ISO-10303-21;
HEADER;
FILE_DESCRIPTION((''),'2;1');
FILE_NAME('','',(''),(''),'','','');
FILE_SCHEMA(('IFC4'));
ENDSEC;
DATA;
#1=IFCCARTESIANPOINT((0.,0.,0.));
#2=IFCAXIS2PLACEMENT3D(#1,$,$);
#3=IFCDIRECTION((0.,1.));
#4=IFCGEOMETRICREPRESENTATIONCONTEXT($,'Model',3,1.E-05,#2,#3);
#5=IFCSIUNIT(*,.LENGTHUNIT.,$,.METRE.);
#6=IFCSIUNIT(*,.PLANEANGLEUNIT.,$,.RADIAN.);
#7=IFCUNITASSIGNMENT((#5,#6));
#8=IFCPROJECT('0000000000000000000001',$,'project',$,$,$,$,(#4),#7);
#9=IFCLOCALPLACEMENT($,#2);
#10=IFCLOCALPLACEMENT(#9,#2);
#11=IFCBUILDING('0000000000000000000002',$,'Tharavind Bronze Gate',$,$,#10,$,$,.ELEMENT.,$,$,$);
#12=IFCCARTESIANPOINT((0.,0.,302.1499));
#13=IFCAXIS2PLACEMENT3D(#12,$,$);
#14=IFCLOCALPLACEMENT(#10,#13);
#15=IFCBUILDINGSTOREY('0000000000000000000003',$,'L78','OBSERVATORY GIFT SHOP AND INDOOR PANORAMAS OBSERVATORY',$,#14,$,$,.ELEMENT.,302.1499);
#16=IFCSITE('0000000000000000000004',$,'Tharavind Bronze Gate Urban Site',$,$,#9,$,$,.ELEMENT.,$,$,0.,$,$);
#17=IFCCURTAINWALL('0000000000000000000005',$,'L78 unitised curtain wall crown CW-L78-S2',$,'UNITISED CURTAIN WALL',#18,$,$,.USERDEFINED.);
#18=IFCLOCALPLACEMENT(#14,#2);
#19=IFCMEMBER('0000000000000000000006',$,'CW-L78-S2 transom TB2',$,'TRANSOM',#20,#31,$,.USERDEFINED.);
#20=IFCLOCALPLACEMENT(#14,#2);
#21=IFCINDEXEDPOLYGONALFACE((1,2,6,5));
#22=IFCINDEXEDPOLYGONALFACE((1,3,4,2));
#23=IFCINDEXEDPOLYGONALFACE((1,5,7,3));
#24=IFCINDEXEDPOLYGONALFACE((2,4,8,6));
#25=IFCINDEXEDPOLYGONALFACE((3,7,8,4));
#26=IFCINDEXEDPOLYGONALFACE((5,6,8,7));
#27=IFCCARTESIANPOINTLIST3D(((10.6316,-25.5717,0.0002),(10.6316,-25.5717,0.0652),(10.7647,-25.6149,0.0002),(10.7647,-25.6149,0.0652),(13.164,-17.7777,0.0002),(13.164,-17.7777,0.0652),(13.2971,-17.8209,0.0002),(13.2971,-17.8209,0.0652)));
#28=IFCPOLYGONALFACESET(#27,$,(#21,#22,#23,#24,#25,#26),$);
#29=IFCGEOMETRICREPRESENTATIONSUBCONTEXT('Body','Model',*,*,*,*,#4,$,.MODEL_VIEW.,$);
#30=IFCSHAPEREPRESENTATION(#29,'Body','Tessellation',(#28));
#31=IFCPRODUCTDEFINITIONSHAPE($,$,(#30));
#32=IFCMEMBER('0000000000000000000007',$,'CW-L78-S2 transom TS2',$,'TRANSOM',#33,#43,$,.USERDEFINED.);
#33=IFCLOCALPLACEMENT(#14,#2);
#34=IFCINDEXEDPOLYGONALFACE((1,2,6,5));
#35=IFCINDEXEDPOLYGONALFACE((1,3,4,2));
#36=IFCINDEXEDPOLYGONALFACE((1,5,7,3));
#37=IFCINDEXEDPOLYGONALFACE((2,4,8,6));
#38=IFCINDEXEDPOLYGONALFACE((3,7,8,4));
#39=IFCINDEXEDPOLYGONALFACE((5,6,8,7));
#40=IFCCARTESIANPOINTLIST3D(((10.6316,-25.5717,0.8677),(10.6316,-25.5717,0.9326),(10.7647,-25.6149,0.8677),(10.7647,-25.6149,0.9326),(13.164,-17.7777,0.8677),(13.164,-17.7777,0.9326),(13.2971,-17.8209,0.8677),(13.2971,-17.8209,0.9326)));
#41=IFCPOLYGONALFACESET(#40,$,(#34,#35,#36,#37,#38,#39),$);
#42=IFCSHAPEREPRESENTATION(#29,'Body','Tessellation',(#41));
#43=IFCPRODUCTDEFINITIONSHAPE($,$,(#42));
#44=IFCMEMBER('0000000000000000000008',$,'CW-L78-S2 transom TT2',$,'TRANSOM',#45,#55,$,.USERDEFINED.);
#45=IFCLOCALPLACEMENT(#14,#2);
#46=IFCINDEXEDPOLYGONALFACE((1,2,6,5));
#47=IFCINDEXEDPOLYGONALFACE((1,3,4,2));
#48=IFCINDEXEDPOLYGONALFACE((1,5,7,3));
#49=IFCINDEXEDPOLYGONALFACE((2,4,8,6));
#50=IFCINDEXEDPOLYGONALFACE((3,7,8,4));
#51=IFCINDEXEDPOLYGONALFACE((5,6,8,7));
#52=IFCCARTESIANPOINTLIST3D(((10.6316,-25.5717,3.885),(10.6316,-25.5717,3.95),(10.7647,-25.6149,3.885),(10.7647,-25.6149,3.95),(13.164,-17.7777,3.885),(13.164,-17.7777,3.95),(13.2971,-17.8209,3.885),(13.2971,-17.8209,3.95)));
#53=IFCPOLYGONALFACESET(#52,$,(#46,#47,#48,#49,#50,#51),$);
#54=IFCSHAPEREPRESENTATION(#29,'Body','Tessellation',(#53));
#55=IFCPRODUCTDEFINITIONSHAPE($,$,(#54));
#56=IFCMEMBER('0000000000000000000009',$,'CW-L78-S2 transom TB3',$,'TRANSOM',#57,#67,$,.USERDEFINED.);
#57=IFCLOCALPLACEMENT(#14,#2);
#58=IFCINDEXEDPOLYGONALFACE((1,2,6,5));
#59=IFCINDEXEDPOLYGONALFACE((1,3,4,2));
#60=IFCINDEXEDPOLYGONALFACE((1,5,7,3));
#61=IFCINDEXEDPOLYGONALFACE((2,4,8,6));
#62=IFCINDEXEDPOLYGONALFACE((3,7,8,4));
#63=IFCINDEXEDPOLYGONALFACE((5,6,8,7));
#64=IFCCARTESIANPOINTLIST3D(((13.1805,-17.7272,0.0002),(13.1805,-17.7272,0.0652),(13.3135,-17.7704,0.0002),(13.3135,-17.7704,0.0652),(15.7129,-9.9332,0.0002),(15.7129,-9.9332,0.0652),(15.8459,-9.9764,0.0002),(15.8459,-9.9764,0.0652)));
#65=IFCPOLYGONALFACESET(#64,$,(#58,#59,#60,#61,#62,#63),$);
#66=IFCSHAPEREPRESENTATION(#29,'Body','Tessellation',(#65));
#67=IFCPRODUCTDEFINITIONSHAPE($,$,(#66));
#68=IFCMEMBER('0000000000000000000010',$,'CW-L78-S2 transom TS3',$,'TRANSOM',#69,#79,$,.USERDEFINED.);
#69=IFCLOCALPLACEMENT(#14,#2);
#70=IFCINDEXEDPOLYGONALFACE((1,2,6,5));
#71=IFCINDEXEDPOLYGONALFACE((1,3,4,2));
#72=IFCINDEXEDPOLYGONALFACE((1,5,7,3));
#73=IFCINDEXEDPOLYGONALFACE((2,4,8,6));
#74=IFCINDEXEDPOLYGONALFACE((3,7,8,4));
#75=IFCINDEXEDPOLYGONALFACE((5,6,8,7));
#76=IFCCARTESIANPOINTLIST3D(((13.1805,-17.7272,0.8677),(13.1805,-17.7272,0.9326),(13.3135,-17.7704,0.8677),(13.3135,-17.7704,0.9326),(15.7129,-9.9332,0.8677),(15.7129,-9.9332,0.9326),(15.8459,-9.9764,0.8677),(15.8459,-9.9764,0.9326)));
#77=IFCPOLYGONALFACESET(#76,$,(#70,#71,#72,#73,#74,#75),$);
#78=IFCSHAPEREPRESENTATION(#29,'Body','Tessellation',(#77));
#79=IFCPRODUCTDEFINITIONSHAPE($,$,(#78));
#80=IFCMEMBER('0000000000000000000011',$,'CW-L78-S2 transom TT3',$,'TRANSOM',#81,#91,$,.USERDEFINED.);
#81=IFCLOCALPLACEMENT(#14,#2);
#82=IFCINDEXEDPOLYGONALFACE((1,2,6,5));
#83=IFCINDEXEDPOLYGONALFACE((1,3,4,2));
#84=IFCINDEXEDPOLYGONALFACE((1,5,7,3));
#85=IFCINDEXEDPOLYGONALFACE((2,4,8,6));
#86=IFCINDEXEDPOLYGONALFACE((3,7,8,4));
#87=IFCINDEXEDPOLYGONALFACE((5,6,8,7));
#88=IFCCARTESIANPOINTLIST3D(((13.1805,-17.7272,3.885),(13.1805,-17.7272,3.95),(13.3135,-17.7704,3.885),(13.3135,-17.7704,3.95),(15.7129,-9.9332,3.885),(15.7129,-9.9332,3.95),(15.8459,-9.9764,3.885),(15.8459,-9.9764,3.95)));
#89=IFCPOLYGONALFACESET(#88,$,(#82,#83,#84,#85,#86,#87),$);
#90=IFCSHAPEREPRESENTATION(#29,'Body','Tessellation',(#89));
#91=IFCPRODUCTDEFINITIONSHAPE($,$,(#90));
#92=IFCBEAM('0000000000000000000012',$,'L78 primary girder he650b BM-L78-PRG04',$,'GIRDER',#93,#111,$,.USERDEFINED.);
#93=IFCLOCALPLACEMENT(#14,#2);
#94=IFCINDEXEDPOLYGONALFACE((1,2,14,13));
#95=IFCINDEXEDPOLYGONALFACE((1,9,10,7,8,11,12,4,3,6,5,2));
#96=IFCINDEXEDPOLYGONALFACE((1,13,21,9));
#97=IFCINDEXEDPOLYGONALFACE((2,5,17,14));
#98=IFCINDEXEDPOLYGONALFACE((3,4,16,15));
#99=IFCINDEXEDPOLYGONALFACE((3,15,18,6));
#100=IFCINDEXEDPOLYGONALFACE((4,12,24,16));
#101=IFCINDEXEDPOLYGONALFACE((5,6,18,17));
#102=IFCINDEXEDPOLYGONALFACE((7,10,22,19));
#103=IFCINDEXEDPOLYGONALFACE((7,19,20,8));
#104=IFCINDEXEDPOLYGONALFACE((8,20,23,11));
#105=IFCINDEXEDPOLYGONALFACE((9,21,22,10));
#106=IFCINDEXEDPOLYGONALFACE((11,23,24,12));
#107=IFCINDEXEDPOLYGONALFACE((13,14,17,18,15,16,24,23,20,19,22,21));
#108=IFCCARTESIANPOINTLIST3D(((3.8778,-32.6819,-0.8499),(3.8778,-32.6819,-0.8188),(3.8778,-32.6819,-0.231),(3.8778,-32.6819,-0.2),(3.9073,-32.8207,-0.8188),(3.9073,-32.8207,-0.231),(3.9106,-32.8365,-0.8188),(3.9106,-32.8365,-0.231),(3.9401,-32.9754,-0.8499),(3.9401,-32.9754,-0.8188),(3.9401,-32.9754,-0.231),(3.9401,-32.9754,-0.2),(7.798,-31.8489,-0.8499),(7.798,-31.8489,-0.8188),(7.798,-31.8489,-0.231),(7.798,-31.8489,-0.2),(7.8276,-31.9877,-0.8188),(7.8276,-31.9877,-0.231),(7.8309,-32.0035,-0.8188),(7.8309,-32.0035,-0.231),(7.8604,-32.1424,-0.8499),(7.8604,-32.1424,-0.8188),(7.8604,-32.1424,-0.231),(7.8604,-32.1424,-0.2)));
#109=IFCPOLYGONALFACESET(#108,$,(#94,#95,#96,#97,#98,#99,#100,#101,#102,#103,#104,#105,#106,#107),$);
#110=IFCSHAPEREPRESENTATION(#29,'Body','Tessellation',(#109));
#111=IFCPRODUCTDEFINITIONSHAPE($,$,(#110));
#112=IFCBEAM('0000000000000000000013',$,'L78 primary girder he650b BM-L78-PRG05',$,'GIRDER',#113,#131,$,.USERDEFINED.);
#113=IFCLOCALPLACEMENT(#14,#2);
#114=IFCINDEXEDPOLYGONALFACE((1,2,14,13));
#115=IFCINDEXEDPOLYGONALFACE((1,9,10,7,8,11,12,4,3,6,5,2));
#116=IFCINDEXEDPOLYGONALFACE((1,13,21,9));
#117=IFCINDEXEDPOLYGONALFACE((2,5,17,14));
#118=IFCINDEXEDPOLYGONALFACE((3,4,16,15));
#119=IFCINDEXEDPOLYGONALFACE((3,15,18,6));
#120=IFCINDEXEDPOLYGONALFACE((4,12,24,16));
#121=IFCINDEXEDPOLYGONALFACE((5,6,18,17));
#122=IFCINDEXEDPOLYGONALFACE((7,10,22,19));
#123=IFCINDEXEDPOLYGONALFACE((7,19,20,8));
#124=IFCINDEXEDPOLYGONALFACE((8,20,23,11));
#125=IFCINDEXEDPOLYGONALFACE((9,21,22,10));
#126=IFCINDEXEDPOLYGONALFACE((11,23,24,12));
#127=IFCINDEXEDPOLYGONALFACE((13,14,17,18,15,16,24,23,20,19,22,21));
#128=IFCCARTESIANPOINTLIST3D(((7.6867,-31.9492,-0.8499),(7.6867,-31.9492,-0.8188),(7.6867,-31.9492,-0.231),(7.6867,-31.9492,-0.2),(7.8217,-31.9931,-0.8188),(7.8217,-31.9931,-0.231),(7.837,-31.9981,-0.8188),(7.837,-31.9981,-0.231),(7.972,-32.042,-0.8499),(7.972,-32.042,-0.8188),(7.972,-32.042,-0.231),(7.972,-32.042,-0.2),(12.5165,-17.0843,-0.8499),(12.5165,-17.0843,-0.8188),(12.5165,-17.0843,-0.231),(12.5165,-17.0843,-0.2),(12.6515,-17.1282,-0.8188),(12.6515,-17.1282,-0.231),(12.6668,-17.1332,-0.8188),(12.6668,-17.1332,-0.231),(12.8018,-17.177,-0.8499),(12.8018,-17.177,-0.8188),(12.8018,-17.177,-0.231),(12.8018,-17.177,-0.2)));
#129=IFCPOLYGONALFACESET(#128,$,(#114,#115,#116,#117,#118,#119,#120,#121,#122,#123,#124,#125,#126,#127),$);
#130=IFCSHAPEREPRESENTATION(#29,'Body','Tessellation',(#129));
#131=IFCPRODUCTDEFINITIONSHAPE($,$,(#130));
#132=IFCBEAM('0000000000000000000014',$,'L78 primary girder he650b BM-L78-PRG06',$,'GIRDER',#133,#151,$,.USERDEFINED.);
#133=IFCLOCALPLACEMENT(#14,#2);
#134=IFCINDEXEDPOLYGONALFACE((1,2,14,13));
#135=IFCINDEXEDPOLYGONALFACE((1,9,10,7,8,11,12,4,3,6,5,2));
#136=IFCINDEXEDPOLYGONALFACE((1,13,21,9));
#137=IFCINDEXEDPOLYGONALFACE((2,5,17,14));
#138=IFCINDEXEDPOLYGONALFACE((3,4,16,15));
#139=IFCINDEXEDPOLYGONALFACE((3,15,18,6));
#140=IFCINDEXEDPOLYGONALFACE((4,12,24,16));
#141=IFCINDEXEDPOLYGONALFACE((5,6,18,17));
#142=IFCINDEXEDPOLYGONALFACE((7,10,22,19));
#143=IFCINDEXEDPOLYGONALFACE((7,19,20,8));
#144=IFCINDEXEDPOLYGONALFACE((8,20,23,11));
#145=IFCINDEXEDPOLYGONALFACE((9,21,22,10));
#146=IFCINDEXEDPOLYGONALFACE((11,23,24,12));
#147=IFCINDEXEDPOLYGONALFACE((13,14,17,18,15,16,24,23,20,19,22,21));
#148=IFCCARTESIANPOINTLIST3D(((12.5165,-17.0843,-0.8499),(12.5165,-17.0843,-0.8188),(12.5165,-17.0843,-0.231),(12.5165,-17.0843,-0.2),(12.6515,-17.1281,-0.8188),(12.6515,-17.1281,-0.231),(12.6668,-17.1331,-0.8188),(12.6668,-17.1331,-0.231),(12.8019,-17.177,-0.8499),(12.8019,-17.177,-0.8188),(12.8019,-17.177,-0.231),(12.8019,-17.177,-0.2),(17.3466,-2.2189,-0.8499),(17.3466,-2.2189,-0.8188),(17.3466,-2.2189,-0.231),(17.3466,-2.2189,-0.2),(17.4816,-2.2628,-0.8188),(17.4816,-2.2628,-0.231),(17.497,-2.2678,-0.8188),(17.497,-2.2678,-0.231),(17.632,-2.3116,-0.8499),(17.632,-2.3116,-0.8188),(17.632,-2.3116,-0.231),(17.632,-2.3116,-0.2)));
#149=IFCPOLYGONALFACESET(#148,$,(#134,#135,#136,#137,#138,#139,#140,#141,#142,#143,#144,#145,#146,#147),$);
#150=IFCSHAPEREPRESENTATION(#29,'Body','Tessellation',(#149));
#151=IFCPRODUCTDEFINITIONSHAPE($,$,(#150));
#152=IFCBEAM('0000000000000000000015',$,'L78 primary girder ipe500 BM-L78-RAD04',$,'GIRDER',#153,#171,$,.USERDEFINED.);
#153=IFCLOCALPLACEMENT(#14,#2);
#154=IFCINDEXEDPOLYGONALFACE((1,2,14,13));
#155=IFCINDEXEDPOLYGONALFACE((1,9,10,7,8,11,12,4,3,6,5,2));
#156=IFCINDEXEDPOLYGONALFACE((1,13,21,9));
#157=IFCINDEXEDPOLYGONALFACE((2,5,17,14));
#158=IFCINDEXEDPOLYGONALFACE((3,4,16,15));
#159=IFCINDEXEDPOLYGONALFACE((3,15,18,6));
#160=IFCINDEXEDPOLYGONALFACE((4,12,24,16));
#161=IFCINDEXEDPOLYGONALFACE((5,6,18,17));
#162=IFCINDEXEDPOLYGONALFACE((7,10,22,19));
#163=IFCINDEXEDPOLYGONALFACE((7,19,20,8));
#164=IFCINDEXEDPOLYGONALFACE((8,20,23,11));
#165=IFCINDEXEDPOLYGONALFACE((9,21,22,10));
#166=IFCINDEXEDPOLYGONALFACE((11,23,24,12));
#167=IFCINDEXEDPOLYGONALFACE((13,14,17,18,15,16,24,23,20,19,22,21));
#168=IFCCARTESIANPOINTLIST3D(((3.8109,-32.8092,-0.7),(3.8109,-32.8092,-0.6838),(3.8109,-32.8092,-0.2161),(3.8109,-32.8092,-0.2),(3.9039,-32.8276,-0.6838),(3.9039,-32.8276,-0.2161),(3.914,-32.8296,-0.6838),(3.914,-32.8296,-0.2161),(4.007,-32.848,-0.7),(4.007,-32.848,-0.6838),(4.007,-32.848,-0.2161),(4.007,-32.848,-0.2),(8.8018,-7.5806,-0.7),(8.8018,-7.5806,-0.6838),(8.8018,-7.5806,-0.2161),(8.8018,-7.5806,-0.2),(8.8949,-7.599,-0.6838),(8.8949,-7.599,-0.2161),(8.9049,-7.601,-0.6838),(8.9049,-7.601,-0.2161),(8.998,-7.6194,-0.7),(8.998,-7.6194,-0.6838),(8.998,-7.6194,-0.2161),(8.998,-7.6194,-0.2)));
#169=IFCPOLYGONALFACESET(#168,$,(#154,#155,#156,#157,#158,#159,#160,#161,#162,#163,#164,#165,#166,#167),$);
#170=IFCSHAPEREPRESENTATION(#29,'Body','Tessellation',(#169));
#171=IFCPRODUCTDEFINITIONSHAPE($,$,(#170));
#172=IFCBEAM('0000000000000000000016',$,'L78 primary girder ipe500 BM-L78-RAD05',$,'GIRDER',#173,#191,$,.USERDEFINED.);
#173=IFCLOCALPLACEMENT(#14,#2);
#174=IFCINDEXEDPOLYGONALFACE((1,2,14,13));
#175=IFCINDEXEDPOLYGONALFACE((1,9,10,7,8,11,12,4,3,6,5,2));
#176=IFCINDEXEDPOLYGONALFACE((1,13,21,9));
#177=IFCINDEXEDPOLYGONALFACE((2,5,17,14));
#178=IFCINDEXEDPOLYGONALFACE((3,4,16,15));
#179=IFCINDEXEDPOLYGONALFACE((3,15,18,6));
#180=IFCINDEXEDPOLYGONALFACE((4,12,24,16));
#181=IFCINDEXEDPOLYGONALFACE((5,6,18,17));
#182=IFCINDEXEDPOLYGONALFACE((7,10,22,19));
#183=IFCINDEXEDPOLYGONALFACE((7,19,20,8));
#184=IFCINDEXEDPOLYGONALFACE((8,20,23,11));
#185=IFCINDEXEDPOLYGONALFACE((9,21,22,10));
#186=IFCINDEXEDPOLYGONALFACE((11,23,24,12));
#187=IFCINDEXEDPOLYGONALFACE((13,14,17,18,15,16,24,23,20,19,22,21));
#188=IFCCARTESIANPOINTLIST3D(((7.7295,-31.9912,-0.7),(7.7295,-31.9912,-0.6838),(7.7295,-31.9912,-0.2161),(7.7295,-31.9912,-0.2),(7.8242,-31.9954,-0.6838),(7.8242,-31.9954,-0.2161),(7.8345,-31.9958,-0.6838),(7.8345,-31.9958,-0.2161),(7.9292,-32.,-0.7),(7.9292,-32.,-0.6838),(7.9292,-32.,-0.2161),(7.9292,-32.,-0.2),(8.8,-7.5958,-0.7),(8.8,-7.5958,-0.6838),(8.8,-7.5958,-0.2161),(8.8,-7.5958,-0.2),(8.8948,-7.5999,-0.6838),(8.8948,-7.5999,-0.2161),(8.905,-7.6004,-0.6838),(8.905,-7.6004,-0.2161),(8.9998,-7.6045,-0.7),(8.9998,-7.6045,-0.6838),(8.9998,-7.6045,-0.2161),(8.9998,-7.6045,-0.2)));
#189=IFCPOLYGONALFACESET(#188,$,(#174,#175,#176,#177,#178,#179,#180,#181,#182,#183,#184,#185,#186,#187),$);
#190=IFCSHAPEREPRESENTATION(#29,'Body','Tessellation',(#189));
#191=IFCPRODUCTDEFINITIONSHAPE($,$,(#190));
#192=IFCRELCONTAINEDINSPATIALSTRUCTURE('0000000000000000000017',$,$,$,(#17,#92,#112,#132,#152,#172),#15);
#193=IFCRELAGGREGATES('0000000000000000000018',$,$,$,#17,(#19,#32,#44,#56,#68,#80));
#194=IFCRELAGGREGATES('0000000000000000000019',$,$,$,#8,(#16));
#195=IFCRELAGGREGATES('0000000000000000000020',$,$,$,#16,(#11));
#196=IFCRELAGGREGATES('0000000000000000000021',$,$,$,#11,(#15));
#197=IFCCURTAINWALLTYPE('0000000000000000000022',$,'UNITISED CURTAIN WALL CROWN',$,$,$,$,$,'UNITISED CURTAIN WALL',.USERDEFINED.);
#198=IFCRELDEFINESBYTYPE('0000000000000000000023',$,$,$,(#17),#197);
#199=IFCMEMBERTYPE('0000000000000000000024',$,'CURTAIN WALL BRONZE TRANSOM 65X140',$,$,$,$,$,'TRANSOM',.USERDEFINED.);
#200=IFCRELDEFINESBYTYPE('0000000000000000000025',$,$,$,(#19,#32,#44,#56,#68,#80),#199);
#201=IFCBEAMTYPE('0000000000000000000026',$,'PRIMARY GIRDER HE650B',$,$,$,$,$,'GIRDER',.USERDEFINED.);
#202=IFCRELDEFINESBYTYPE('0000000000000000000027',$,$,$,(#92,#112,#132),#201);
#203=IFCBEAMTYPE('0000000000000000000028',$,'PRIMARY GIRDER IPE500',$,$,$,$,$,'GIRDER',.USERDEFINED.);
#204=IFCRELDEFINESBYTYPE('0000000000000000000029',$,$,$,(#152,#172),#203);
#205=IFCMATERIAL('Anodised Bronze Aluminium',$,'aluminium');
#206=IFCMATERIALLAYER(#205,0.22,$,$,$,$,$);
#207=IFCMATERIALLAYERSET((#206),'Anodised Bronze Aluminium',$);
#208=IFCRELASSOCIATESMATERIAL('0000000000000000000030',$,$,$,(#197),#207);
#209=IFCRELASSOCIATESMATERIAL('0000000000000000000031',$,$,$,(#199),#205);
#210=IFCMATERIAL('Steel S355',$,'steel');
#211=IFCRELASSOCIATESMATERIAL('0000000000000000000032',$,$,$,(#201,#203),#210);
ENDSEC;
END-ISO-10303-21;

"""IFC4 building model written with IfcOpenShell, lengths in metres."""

from ifc_helpers import new_model, si_unit, direction, frame, origin, origin_2d, place, context, subcontext, project, spatial, rectangle, i_section, extrude, material, layer, layer_set, material_profile, profile_set, type_object, element, aggregate, save


model = new_model("IFC4")

# Units and contexts
model_context = context("Model", 3, precision=1e-05, world=origin(), true_north=direction((0.0, 1.0)))
body_context = subcontext(model_context, "Body", "Model", "MODEL_VIEW")
ifc_project = project(units=[si_unit("LENGTHUNIT", "METRE"), si_unit("PLANEANGLEUNIT", "RADIAN")], contexts=[model_context])

# Site, building, storey
site_placement = place(None, origin())
site = spatial("IfcSite", under=ifc_project, at=site_placement, Name="Tharavind Bronze Gate Urban Site", CompositionType="ELEMENT", RefElevation=0.0)
building_placement = place(site_placement, origin())
building = spatial("IfcBuilding", under=site, at=building_placement, Name="Tharavind Bronze Gate", CompositionType="ELEMENT")
storey_placement = place(building_placement, frame((0.0, 0.0, 302.1499)))
storey = spatial("IfcBuildingStorey", under=building, at=storey_placement, Name="L78", Description="OBSERVATORY GIFT SHOP AND INDOOR PANORAMAS OBSERVATORY", CompositionType="ELEMENT", Elevation=302.1499)

# Shared definitions
ifc_material_1 = material(Name="Anodised Bronze Aluminium", Category="aluminium")
ifc_layer_1 = layer(ifc_material_1, 0.22)
ifc_layer_set_1 = layer_set([ifc_layer_1], Name="Anodised Bronze Aluminium")
curtain_wall_type = type_object("IfcCurtainWallType", Name="UNITISED CURTAIN WALL CROWN", ElementType="UNITISED CURTAIN WALL", PredefinedType="USERDEFINED", material=ifc_layer_set_1)

# Curtain wall
curtain_wall_1_placement = place(storey_placement, origin())
curtain_wall_1 = element("IfcCurtainWall", 1, at=curtain_wall_1_placement, inside=storey, type_object=curtain_wall_type, Name="L78 unitised curtain wall crown CW-L78-S2", ObjectType="UNITISED CURTAIN WALL", PredefinedType="USERDEFINED")

# Members
member_type_1 = type_object("IfcMemberType", Name="CURTAIN WALL BRONZE TRANSOM 65X140", ElementType="TRANSOM", PredefinedType="USERDEFINED", material=ifc_material_1)
member_1_placement = place(storey_placement, frame((11.9644, -21.6963, 0.0002), z_axis=(0.0, 0.0, 1.0), x_axis=(0.309017, 0.951057, 0.0)))
member_1 = element("IfcMember", 2, at=member_1_placement, type_object=member_type_1, Name="CW-L78-S2 transom TB2", ObjectType="TRANSOM", PredefinedType="USERDEFINED", context=body_context, shape_type="SweptSolid", body=[
    extrude(rectangle(XDim=8.1951, YDim=0.1399, at=origin_2d()), origin(), (0.0, 0.0, 1.0), 0.0649),
])
member_2_placement = place(storey_placement, frame((11.9644, -21.6963, 0.8677), z_axis=(0.0, 0.0, 1.0), x_axis=(0.309017, 0.951057, 0.0)))
member_2 = element("IfcMember", 3, at=member_2_placement, type_object=member_type_1, Name="CW-L78-S2 transom TS2", ObjectType="TRANSOM", PredefinedType="USERDEFINED", context=body_context, shape_type="SweptSolid", body=[
    extrude(rectangle(XDim=8.1951, YDim=0.1399, at=origin_2d()), origin(), (0.0, 0.0, 1.0), 0.0649),
])
member_3_placement = place(storey_placement, frame((11.9644, -21.6963, 3.885), z_axis=(0.0, 0.0, 1.0), x_axis=(0.309017, 0.951057, 0.0)))
member_3 = element("IfcMember", 4, at=member_3_placement, type_object=member_type_1, Name="CW-L78-S2 transom TT2", ObjectType="TRANSOM", PredefinedType="USERDEFINED", context=body_context, shape_type="SweptSolid", body=[
    extrude(rectangle(XDim=8.1951, YDim=0.1399, at=origin_2d()), origin(), (0.0, 0.0, 1.0), 0.0649),
])
member_4_placement = place(storey_placement, frame((14.5132, -13.8518, 0.0002), z_axis=(0.0, 0.0, 1.0), x_axis=(0.309017, 0.951057, 0.0)))
member_4 = element("IfcMember", 5, at=member_4_placement, type_object=member_type_1, Name="CW-L78-S2 transom TB3", ObjectType="TRANSOM", PredefinedType="USERDEFINED", context=body_context, shape_type="SweptSolid", body=[
    extrude(rectangle(XDim=8.1951, YDim=0.1399, at=origin_2d()), origin(), (0.0, 0.0, 1.0), 0.0649),
])
member_5_placement = place(storey_placement, frame((14.5132, -13.8518, 0.8677), z_axis=(0.0, 0.0, 1.0), x_axis=(0.309017, 0.951057, 0.0)))
member_5 = element("IfcMember", 6, at=member_5_placement, type_object=member_type_1, Name="CW-L78-S2 transom TS3", ObjectType="TRANSOM", PredefinedType="USERDEFINED", context=body_context, shape_type="SweptSolid", body=[
    extrude(rectangle(XDim=8.1951, YDim=0.1399, at=origin_2d()), origin(), (0.0, 0.0, 1.0), 0.0649),
])
member_6_placement = place(storey_placement, frame((14.5132, -13.8518, 3.885), z_axis=(0.0, 0.0, 1.0), x_axis=(0.309017, 0.951057, 0.0)))
member_6 = element("IfcMember", 7, at=member_6_placement, type_object=member_type_1, Name="CW-L78-S2 transom TT3", ObjectType="TRANSOM", PredefinedType="USERDEFINED", context=body_context, shape_type="SweptSolid", body=[
    extrude(rectangle(XDim=8.1951, YDim=0.1399, at=origin_2d()), origin(), (0.0, 0.0, 1.0), 0.0649),
])

# Beams
ifc_material_2 = material(Name="Steel S355", Category="steel")
ifc_material_profile_1 = material_profile(ifc_material_2, i_section(OverallWidth=0.3, OverallDepth=0.6499, WebThickness=0.0161, FlangeThickness=0.031, at=origin_2d()), Name="HE650B")
ifc_profile_set_1 = profile_set([ifc_material_profile_1], Name="Steel S355")
beam_type_1 = type_object("IfcBeamType", Name="PRIMARY GIRDER HE650B", ElementType="GIRDER", PredefinedType="USERDEFINED", material=ifc_profile_set_1)
beam_1_placement = place(storey_placement, frame((3.9089, -32.8286, -0.5249), z_axis=(0.978163, 0.20784, 0.0), x_axis=(-0.20784, 0.978163, 0.0)))
element("IfcBeam", 8, at=beam_1_placement, inside=storey, type_object=beam_type_1, Name="L78 primary girder he650b BM-L78-PRG04", ObjectType="GIRDER", PredefinedType="USERDEFINED", context=body_context, shape_type="SweptSolid", body=[
    extrude(i_section(OverallWidth=0.3, OverallDepth=0.6499, WebThickness=0.0161, FlangeThickness=0.031, at=origin_2d()), origin(), (0.0, 0.0, 1.0), 4.0078),
])
beam_2_placement = place(storey_placement, frame((7.8293, -31.9956, -0.5249), z_axis=(0.309012, 0.951058, 0.0), x_axis=(-0.951058, 0.309012, 0.0)))
element("IfcBeam", 9, at=beam_2_placement, inside=storey, type_object=beam_type_1, Name="L78 primary girder he650b BM-L78-PRG05", ObjectType="GIRDER", PredefinedType="USERDEFINED", context=body_context, shape_type="SweptSolid", body=[
    extrude(i_section(OverallWidth=0.3, OverallDepth=0.6499, WebThickness=0.0161, FlangeThickness=0.031, at=origin_2d()), origin(), (0.0, 0.0, 1.0), 15.6299),
])
beam_3_placement = place(storey_placement, frame((12.6592, -17.1306, -0.5249), z_axis=(0.309021, 0.951055, 0.0), x_axis=(-0.951055, 0.309021, 0.0)))
element("IfcBeam", 10, at=beam_3_placement, inside=storey, type_object=beam_type_1, Name="L78 primary girder he650b BM-L78-PRG06", ObjectType="GIRDER", PredefinedType="USERDEFINED", context=body_context, shape_type="SweptSolid", body=[
    extrude(i_section(OverallWidth=0.3, OverallDepth=0.6499, WebThickness=0.0161, FlangeThickness=0.031, at=origin_2d()), origin(), (0.0, 0.0, 1.0), 15.6304),
])
ifc_material_profile_2 = material_profile(ifc_material_2, i_section(OverallWidth=0.2, OverallDepth=0.5, WebThickness=0.0103, FlangeThickness=0.0161, at=origin_2d()), Name="IPE500")
ifc_profile_set_2 = profile_set([ifc_material_profile_2], Name="Steel S355")
beam_type_2 = type_object("IfcBeamType", Name="PRIMARY GIRDER IPE500", ElementType="GIRDER", PredefinedType="USERDEFINED", material=ifc_profile_set_2)
beam_4_placement = place(storey_placement, frame((3.9089, -32.8286, -0.45), z_axis=(0.194069, 0.980988, 0.0), x_axis=(-0.980988, 0.194069, 0.0)))
element("IfcBeam", 11, at=beam_4_placement, inside=storey, type_object=beam_type_2, Name="L78 primary girder ipe500 BM-L78-RAD04", ObjectType="GIRDER", PredefinedType="USERDEFINED", context=body_context, shape_type="SweptSolid", body=[
    extrude(i_section(OverallWidth=0.2, OverallDepth=0.5, WebThickness=0.0103, FlangeThickness=0.0161, at=origin_2d()), origin(), (0.0, 0.0, 1.0), 25.7175),
])
beam_5_placement = place(storey_placement, frame((7.8293, -31.9956, -0.45), z_axis=(0.043841, 0.999039, 0.0), x_axis=(-0.999039, 0.043841, 0.0)))
element("IfcBeam", 12, at=beam_5_placement, inside=storey, type_object=beam_type_2, Name="L78 primary girder ipe500 BM-L78-RAD05", ObjectType="GIRDER", PredefinedType="USERDEFINED", context=body_context, shape_type="SweptSolid", body=[
    extrude(i_section(OverallWidth=0.2, OverallDepth=0.5, WebThickness=0.0103, FlangeThickness=0.0161, at=origin_2d()), origin(), (0.0, 0.0, 1.0), 24.4189),
])

aggregate(curtain_wall_1, [member_1, member_2, member_3, member_4, member_5, member_6])

save(model, "model.ifc")
